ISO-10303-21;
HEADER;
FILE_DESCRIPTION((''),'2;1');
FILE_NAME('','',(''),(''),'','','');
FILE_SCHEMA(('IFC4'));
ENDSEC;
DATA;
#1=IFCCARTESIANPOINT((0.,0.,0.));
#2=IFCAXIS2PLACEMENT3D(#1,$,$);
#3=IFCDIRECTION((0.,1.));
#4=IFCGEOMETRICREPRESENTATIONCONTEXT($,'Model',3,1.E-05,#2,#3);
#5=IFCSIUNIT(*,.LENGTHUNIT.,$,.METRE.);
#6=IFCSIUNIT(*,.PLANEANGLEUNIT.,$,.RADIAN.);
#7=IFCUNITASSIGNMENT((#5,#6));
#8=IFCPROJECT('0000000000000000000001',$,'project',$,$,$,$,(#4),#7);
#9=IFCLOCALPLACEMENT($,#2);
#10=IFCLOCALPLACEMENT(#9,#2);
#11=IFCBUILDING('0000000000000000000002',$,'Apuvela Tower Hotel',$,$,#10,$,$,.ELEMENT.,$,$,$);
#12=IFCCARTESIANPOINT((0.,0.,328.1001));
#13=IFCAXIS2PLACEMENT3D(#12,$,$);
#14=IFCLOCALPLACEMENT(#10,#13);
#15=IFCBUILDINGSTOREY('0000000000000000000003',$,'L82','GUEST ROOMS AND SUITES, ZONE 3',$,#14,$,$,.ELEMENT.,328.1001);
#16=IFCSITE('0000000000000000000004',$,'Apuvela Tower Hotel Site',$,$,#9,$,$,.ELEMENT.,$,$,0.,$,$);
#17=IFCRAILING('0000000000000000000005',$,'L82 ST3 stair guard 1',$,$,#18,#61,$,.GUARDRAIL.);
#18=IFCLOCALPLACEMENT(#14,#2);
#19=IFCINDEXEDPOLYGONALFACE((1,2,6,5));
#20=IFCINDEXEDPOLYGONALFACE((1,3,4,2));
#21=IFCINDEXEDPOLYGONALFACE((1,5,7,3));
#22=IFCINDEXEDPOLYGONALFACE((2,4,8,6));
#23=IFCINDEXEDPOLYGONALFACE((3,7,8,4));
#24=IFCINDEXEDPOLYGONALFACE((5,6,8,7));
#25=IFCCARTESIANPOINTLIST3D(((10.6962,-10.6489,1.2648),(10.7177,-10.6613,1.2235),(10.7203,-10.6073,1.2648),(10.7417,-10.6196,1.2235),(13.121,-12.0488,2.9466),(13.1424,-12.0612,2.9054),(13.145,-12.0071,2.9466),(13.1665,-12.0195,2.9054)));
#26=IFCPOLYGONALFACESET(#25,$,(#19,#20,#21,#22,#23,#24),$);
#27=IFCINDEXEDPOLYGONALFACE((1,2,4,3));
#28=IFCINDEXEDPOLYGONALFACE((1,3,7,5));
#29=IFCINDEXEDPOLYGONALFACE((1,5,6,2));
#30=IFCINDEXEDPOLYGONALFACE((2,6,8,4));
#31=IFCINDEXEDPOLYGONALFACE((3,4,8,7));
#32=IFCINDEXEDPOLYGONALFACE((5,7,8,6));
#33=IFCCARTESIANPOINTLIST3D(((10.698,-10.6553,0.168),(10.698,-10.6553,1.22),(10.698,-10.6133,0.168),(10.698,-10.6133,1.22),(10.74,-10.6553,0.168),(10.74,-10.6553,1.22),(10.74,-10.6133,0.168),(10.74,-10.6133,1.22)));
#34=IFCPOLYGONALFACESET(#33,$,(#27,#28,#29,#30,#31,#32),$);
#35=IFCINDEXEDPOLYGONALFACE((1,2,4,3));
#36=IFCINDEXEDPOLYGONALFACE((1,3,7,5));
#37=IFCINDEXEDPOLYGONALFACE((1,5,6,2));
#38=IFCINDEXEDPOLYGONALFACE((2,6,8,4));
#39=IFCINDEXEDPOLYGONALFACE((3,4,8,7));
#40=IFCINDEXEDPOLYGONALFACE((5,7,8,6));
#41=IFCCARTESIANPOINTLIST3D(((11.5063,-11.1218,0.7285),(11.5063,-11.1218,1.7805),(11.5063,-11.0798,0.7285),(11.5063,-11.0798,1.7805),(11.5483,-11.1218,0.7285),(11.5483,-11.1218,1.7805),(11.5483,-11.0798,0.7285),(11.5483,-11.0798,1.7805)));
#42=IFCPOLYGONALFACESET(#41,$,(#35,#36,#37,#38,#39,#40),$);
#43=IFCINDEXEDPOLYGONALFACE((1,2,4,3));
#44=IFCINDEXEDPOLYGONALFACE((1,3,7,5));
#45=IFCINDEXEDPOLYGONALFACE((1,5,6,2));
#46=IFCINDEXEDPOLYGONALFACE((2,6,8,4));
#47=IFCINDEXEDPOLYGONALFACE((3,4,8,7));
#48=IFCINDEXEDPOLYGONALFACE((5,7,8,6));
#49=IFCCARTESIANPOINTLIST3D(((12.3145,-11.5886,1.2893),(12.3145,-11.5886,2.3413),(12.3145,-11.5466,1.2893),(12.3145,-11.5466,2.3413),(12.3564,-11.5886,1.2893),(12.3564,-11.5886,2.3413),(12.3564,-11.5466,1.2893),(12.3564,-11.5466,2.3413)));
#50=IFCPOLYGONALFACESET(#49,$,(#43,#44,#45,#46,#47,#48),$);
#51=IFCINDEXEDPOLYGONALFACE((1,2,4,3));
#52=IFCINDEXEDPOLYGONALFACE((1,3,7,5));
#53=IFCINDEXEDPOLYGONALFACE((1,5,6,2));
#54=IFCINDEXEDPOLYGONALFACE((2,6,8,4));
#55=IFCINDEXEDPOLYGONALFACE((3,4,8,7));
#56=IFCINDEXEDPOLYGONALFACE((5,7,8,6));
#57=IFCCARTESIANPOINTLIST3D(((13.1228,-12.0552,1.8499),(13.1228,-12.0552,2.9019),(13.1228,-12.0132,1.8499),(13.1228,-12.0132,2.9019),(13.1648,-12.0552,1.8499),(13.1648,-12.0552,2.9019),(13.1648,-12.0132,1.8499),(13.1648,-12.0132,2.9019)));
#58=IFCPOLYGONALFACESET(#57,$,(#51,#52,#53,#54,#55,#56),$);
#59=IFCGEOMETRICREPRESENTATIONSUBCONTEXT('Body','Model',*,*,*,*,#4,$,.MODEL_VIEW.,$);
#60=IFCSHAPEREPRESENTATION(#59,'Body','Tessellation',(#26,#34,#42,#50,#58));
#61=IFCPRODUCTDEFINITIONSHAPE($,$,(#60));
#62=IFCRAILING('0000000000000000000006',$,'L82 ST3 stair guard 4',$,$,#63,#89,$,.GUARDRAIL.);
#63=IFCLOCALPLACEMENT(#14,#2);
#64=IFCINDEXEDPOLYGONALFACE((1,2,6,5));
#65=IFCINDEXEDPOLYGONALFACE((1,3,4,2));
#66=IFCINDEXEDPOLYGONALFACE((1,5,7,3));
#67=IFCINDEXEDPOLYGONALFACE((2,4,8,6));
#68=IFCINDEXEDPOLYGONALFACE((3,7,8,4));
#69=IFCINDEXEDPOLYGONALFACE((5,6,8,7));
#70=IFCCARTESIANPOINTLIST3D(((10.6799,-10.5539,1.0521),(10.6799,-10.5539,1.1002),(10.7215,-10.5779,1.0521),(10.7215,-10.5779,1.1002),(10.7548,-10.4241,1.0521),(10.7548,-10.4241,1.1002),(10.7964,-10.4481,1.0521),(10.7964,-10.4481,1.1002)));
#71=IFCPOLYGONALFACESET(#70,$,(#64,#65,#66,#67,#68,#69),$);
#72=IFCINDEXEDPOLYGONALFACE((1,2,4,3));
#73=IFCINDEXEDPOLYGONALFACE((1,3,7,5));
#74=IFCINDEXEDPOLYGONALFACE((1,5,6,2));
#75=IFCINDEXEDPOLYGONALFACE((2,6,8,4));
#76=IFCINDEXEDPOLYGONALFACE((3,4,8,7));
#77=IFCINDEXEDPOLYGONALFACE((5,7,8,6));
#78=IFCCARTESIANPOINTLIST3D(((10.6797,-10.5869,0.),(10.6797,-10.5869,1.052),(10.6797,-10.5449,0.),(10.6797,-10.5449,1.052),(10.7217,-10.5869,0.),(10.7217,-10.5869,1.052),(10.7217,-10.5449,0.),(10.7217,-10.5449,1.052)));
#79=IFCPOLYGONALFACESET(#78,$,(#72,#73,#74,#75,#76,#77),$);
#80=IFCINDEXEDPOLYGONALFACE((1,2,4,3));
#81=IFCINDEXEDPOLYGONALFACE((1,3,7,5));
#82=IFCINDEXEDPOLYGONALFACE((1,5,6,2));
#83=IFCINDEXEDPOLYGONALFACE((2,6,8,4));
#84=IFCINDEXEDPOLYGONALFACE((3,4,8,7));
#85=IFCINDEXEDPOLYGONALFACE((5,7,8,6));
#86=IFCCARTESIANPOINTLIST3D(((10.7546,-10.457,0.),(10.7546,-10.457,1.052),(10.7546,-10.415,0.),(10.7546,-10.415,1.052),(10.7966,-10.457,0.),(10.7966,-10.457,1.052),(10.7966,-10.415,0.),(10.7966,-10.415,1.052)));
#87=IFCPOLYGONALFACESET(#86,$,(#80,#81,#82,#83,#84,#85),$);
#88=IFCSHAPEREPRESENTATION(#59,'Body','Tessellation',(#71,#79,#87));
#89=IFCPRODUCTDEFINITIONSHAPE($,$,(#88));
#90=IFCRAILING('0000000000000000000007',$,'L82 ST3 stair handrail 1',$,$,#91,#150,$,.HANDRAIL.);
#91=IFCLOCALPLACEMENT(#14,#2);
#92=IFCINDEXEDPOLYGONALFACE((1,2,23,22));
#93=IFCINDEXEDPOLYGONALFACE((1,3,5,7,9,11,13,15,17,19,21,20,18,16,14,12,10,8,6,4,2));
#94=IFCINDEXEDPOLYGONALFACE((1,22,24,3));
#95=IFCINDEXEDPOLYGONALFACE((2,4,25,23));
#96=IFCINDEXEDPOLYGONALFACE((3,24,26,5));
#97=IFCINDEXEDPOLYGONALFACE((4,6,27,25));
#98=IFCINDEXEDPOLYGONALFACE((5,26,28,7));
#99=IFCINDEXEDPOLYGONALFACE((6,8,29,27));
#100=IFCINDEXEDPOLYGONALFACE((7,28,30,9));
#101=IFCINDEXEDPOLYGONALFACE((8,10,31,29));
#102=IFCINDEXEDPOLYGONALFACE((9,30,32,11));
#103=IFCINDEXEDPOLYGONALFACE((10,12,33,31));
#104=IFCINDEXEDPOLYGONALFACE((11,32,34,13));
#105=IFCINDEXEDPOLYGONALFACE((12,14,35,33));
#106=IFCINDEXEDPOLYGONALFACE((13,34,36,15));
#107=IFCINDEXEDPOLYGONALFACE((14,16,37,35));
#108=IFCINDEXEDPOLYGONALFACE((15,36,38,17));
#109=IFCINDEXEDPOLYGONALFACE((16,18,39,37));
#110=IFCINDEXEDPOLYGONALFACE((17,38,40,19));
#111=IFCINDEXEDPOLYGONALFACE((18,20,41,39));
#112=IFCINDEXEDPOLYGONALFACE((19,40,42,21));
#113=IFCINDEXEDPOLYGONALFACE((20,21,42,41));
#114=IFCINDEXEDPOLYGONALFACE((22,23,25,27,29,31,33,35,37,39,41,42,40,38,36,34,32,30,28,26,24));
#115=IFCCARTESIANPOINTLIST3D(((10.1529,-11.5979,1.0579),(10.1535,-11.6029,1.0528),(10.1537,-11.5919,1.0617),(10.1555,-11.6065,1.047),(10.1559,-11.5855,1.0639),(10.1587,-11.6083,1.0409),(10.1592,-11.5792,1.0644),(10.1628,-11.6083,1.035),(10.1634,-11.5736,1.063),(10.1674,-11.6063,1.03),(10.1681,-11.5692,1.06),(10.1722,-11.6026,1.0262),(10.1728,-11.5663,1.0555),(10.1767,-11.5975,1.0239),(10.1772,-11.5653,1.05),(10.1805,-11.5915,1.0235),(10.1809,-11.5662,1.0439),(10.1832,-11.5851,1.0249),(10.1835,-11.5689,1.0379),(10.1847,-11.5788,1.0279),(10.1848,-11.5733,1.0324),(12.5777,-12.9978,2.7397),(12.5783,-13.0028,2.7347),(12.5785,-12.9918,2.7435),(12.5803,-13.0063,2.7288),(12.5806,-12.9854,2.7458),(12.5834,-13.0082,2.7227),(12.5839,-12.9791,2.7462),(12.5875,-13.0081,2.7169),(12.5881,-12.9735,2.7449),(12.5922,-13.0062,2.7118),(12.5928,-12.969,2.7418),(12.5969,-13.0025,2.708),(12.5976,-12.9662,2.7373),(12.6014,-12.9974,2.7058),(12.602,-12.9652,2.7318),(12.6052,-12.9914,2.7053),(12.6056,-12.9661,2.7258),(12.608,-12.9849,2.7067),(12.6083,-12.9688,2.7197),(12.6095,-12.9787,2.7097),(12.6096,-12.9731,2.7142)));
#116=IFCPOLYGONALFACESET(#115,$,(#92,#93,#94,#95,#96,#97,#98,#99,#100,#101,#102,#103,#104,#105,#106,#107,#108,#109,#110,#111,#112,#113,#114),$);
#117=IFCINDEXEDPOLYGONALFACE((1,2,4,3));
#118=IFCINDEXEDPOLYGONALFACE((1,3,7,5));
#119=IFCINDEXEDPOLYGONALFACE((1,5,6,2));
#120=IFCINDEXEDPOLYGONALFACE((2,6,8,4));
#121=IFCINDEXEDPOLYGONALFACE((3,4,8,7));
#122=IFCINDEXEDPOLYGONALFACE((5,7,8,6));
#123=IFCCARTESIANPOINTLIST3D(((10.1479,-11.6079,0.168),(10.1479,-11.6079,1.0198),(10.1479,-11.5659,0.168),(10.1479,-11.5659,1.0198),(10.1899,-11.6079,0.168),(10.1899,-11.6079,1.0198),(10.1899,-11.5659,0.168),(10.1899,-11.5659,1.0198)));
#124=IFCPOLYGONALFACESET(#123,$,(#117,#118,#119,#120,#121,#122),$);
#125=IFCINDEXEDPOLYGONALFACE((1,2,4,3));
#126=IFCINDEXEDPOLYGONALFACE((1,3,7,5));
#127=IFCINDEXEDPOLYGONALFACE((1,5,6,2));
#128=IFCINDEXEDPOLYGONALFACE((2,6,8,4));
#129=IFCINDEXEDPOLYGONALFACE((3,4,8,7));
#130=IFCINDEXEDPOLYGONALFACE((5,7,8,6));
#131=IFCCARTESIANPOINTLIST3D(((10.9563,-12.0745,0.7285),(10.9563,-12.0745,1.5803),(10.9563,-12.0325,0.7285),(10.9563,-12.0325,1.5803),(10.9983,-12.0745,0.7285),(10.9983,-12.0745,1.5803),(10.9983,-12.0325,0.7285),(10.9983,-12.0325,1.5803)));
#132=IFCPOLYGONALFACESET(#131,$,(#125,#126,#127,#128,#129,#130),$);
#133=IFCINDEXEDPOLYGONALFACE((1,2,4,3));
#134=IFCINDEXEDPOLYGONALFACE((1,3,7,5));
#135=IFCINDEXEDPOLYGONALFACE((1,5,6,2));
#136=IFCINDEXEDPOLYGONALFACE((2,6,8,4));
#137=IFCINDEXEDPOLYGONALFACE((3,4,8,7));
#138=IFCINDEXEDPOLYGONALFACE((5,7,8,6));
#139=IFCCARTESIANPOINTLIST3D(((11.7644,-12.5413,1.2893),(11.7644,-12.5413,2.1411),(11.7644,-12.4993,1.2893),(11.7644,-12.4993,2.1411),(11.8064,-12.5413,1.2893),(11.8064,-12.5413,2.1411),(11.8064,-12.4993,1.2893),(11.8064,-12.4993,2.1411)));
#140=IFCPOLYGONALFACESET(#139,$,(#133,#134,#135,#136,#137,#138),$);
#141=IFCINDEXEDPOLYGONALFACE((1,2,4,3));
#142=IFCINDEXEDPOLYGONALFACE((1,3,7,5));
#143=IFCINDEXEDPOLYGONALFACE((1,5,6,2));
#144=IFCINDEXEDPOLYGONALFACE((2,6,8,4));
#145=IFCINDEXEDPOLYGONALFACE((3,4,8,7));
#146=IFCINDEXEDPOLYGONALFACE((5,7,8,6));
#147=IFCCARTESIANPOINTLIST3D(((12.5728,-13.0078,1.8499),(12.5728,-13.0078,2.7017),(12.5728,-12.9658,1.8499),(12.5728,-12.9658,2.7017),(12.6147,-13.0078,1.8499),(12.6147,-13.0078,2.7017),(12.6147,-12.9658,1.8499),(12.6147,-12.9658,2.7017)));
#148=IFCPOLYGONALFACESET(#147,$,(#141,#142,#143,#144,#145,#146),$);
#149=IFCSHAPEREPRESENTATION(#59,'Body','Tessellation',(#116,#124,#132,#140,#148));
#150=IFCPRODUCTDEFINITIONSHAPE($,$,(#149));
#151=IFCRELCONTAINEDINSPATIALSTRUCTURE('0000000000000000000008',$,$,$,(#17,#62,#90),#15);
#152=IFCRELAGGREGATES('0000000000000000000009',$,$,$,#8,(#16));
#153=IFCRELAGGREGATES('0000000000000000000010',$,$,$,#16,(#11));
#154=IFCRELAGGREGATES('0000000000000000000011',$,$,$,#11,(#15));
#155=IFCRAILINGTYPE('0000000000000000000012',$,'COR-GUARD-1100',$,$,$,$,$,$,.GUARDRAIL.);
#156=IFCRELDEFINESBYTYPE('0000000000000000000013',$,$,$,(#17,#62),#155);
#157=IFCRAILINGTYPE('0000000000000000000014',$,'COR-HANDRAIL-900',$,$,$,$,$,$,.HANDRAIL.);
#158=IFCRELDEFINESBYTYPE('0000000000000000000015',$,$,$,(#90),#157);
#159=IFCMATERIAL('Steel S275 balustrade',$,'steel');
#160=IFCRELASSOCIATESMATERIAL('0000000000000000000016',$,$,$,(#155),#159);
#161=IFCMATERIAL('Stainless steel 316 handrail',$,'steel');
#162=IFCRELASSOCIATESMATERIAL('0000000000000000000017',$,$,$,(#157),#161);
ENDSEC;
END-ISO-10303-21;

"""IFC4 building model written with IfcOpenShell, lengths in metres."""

from ifc_helpers import new_model, si_unit, direction, frame, origin, origin_2d, place, context, subcontext, project, spatial, rectangle, circle, extrude, material, type_object, element, save


model = new_model("IFC4")

# Units and contexts
model_context = context("Model", 3, precision=1e-05, world=origin(), true_north=direction((0.0, 1.0)))
body_context = subcontext(model_context, "Body", "Model", "MODEL_VIEW")
ifc_project = project(units=[si_unit("LENGTHUNIT", "METRE"), si_unit("PLANEANGLEUNIT", "RADIAN")], contexts=[model_context])

# Site, building, storey
site_placement = place(None, origin())
site = spatial("IfcSite", under=ifc_project, at=site_placement, Name="Apuvela Tower Hotel Site", CompositionType="ELEMENT", RefElevation=0.0)
building_placement = place(site_placement, origin())
building = spatial("IfcBuilding", under=site, at=building_placement, Name="Apuvela Tower Hotel", CompositionType="ELEMENT")
storey_placement = place(building_placement, frame((0.0, 0.0, 328.1001)))
storey = spatial("IfcBuildingStorey", under=building, at=storey_placement, Name="L82", Description="GUEST ROOMS AND SUITES, ZONE 3", CompositionType="ELEMENT", Elevation=328.1001)

# Railings
ifc_material_1 = material(Name="Steel S275 balustrade", Category="steel")
railing_type_1 = type_object("IfcRailingType", Name="COR-GUARD-1100", PredefinedType="GUARDRAIL", material=ifc_material_1)
railing_1_placement = place(storey_placement, frame((10.719, -10.6343, 0.168)))
element("IfcRailing", 1, at=railing_1_placement, inside=storey, type_object=railing_type_1, Name="L82 ST3 stair guard 1", PredefinedType="GUARDRAIL", context=body_context, shape_type="SweptSolid", body=[
    extrude(rectangle(XDim=0.0481, YDim=0.0481, at=origin_2d()), frame((0.0, 0.0, 1.0762), z_axis=(0.74239, -0.428601, 0.514934), x_axis=(0.499984, 0.866035, 0.0)), (0.0, 0.0, 1.0), 3.2661),
    extrude(rectangle(XDim=0.042, YDim=0.042, at=origin_2d()), origin(), (0.0, 0.0, 1.0), 1.052),
    extrude(rectangle(XDim=0.042, YDim=0.042, at=origin_2d()), frame((0.8083, -0.4666, 0.5605)), (0.0, 0.0, 1.0), 1.052),
    extrude(rectangle(XDim=0.042, YDim=0.042, at=origin_2d()), frame((1.6165, -0.9333, 1.1213)), (0.0, 0.0, 1.0), 1.052),
    extrude(rectangle(XDim=0.042, YDim=0.042, at=origin_2d()), frame((2.4248, -1.3999, 1.6819)), (0.0, 0.0, 1.0), 1.052),
])
railing_2_placement = place(storey_placement, frame((10.7007, -10.5659, 0.0)))
element("IfcRailing", 2, at=railing_2_placement, inside=storey, type_object=railing_type_1, Name="L82 ST3 stair guard 4", PredefinedType="GUARDRAIL", context=body_context, shape_type="SweptSolid", body=[
    extrude(rectangle(XDim=0.0481, YDim=0.0481, at=origin_2d()), frame((0.0, 0.0, 1.0762), z_axis=(0.499816, 0.866131, 0.0), x_axis=(-0.866131, 0.499816, 0.0)), (0.0, 0.0, 1.0), 0.1499),
    extrude(rectangle(XDim=0.042, YDim=0.042, at=origin_2d()), origin(), (0.0, 0.0, 1.0), 1.052),
    extrude(rectangle(XDim=0.042, YDim=0.042, at=origin_2d()), frame((0.075, 0.1299, 0.0)), (0.0, 0.0, 1.0), 1.052),
])
ifc_material_2 = material(Name="Stainless steel 316 handrail", Category="steel")
railing_type_2 = type_object("IfcRailingType", Name="COR-HANDRAIL-900", PredefinedType="HANDRAIL", material=ifc_material_2)
railing_3_placement = place(storey_placement, frame((10.1689, -11.5869, 0.168)))
element("IfcRailing", 3, at=railing_3_placement, inside=storey, type_object=railing_type_2, Name="L82 ST3 stair handrail 1", PredefinedType="HANDRAIL", context=body_context, shape_type="SweptSolid", body=[
    extrude(circle(Radius=0.0239, at=origin_2d()), frame((0.0, 0.0, 0.876), z_axis=(0.74239, -0.428601, 0.514934), x_axis=(0.499984, 0.866035, 0.0)), (0.0, 0.0, 1.0), 3.2661),
    extrude(rectangle(XDim=0.042, YDim=0.042, at=origin_2d()), origin(), (0.0, 0.0, 1.0), 0.8518),
    extrude(rectangle(XDim=0.042, YDim=0.042, at=origin_2d()), frame((0.8083, -0.4666, 0.5605)), (0.0, 0.0, 1.0), 0.8518),
    extrude(rectangle(XDim=0.042, YDim=0.042, at=origin_2d()), frame((1.6165, -0.9333, 1.1213)), (0.0, 0.0, 1.0), 0.8518),
    extrude(rectangle(XDim=0.042, YDim=0.042, at=origin_2d()), frame((2.4248, -1.3999, 1.6819)), (0.0, 0.0, 1.0), 0.8518),
])

save(model, "model.ifc")
